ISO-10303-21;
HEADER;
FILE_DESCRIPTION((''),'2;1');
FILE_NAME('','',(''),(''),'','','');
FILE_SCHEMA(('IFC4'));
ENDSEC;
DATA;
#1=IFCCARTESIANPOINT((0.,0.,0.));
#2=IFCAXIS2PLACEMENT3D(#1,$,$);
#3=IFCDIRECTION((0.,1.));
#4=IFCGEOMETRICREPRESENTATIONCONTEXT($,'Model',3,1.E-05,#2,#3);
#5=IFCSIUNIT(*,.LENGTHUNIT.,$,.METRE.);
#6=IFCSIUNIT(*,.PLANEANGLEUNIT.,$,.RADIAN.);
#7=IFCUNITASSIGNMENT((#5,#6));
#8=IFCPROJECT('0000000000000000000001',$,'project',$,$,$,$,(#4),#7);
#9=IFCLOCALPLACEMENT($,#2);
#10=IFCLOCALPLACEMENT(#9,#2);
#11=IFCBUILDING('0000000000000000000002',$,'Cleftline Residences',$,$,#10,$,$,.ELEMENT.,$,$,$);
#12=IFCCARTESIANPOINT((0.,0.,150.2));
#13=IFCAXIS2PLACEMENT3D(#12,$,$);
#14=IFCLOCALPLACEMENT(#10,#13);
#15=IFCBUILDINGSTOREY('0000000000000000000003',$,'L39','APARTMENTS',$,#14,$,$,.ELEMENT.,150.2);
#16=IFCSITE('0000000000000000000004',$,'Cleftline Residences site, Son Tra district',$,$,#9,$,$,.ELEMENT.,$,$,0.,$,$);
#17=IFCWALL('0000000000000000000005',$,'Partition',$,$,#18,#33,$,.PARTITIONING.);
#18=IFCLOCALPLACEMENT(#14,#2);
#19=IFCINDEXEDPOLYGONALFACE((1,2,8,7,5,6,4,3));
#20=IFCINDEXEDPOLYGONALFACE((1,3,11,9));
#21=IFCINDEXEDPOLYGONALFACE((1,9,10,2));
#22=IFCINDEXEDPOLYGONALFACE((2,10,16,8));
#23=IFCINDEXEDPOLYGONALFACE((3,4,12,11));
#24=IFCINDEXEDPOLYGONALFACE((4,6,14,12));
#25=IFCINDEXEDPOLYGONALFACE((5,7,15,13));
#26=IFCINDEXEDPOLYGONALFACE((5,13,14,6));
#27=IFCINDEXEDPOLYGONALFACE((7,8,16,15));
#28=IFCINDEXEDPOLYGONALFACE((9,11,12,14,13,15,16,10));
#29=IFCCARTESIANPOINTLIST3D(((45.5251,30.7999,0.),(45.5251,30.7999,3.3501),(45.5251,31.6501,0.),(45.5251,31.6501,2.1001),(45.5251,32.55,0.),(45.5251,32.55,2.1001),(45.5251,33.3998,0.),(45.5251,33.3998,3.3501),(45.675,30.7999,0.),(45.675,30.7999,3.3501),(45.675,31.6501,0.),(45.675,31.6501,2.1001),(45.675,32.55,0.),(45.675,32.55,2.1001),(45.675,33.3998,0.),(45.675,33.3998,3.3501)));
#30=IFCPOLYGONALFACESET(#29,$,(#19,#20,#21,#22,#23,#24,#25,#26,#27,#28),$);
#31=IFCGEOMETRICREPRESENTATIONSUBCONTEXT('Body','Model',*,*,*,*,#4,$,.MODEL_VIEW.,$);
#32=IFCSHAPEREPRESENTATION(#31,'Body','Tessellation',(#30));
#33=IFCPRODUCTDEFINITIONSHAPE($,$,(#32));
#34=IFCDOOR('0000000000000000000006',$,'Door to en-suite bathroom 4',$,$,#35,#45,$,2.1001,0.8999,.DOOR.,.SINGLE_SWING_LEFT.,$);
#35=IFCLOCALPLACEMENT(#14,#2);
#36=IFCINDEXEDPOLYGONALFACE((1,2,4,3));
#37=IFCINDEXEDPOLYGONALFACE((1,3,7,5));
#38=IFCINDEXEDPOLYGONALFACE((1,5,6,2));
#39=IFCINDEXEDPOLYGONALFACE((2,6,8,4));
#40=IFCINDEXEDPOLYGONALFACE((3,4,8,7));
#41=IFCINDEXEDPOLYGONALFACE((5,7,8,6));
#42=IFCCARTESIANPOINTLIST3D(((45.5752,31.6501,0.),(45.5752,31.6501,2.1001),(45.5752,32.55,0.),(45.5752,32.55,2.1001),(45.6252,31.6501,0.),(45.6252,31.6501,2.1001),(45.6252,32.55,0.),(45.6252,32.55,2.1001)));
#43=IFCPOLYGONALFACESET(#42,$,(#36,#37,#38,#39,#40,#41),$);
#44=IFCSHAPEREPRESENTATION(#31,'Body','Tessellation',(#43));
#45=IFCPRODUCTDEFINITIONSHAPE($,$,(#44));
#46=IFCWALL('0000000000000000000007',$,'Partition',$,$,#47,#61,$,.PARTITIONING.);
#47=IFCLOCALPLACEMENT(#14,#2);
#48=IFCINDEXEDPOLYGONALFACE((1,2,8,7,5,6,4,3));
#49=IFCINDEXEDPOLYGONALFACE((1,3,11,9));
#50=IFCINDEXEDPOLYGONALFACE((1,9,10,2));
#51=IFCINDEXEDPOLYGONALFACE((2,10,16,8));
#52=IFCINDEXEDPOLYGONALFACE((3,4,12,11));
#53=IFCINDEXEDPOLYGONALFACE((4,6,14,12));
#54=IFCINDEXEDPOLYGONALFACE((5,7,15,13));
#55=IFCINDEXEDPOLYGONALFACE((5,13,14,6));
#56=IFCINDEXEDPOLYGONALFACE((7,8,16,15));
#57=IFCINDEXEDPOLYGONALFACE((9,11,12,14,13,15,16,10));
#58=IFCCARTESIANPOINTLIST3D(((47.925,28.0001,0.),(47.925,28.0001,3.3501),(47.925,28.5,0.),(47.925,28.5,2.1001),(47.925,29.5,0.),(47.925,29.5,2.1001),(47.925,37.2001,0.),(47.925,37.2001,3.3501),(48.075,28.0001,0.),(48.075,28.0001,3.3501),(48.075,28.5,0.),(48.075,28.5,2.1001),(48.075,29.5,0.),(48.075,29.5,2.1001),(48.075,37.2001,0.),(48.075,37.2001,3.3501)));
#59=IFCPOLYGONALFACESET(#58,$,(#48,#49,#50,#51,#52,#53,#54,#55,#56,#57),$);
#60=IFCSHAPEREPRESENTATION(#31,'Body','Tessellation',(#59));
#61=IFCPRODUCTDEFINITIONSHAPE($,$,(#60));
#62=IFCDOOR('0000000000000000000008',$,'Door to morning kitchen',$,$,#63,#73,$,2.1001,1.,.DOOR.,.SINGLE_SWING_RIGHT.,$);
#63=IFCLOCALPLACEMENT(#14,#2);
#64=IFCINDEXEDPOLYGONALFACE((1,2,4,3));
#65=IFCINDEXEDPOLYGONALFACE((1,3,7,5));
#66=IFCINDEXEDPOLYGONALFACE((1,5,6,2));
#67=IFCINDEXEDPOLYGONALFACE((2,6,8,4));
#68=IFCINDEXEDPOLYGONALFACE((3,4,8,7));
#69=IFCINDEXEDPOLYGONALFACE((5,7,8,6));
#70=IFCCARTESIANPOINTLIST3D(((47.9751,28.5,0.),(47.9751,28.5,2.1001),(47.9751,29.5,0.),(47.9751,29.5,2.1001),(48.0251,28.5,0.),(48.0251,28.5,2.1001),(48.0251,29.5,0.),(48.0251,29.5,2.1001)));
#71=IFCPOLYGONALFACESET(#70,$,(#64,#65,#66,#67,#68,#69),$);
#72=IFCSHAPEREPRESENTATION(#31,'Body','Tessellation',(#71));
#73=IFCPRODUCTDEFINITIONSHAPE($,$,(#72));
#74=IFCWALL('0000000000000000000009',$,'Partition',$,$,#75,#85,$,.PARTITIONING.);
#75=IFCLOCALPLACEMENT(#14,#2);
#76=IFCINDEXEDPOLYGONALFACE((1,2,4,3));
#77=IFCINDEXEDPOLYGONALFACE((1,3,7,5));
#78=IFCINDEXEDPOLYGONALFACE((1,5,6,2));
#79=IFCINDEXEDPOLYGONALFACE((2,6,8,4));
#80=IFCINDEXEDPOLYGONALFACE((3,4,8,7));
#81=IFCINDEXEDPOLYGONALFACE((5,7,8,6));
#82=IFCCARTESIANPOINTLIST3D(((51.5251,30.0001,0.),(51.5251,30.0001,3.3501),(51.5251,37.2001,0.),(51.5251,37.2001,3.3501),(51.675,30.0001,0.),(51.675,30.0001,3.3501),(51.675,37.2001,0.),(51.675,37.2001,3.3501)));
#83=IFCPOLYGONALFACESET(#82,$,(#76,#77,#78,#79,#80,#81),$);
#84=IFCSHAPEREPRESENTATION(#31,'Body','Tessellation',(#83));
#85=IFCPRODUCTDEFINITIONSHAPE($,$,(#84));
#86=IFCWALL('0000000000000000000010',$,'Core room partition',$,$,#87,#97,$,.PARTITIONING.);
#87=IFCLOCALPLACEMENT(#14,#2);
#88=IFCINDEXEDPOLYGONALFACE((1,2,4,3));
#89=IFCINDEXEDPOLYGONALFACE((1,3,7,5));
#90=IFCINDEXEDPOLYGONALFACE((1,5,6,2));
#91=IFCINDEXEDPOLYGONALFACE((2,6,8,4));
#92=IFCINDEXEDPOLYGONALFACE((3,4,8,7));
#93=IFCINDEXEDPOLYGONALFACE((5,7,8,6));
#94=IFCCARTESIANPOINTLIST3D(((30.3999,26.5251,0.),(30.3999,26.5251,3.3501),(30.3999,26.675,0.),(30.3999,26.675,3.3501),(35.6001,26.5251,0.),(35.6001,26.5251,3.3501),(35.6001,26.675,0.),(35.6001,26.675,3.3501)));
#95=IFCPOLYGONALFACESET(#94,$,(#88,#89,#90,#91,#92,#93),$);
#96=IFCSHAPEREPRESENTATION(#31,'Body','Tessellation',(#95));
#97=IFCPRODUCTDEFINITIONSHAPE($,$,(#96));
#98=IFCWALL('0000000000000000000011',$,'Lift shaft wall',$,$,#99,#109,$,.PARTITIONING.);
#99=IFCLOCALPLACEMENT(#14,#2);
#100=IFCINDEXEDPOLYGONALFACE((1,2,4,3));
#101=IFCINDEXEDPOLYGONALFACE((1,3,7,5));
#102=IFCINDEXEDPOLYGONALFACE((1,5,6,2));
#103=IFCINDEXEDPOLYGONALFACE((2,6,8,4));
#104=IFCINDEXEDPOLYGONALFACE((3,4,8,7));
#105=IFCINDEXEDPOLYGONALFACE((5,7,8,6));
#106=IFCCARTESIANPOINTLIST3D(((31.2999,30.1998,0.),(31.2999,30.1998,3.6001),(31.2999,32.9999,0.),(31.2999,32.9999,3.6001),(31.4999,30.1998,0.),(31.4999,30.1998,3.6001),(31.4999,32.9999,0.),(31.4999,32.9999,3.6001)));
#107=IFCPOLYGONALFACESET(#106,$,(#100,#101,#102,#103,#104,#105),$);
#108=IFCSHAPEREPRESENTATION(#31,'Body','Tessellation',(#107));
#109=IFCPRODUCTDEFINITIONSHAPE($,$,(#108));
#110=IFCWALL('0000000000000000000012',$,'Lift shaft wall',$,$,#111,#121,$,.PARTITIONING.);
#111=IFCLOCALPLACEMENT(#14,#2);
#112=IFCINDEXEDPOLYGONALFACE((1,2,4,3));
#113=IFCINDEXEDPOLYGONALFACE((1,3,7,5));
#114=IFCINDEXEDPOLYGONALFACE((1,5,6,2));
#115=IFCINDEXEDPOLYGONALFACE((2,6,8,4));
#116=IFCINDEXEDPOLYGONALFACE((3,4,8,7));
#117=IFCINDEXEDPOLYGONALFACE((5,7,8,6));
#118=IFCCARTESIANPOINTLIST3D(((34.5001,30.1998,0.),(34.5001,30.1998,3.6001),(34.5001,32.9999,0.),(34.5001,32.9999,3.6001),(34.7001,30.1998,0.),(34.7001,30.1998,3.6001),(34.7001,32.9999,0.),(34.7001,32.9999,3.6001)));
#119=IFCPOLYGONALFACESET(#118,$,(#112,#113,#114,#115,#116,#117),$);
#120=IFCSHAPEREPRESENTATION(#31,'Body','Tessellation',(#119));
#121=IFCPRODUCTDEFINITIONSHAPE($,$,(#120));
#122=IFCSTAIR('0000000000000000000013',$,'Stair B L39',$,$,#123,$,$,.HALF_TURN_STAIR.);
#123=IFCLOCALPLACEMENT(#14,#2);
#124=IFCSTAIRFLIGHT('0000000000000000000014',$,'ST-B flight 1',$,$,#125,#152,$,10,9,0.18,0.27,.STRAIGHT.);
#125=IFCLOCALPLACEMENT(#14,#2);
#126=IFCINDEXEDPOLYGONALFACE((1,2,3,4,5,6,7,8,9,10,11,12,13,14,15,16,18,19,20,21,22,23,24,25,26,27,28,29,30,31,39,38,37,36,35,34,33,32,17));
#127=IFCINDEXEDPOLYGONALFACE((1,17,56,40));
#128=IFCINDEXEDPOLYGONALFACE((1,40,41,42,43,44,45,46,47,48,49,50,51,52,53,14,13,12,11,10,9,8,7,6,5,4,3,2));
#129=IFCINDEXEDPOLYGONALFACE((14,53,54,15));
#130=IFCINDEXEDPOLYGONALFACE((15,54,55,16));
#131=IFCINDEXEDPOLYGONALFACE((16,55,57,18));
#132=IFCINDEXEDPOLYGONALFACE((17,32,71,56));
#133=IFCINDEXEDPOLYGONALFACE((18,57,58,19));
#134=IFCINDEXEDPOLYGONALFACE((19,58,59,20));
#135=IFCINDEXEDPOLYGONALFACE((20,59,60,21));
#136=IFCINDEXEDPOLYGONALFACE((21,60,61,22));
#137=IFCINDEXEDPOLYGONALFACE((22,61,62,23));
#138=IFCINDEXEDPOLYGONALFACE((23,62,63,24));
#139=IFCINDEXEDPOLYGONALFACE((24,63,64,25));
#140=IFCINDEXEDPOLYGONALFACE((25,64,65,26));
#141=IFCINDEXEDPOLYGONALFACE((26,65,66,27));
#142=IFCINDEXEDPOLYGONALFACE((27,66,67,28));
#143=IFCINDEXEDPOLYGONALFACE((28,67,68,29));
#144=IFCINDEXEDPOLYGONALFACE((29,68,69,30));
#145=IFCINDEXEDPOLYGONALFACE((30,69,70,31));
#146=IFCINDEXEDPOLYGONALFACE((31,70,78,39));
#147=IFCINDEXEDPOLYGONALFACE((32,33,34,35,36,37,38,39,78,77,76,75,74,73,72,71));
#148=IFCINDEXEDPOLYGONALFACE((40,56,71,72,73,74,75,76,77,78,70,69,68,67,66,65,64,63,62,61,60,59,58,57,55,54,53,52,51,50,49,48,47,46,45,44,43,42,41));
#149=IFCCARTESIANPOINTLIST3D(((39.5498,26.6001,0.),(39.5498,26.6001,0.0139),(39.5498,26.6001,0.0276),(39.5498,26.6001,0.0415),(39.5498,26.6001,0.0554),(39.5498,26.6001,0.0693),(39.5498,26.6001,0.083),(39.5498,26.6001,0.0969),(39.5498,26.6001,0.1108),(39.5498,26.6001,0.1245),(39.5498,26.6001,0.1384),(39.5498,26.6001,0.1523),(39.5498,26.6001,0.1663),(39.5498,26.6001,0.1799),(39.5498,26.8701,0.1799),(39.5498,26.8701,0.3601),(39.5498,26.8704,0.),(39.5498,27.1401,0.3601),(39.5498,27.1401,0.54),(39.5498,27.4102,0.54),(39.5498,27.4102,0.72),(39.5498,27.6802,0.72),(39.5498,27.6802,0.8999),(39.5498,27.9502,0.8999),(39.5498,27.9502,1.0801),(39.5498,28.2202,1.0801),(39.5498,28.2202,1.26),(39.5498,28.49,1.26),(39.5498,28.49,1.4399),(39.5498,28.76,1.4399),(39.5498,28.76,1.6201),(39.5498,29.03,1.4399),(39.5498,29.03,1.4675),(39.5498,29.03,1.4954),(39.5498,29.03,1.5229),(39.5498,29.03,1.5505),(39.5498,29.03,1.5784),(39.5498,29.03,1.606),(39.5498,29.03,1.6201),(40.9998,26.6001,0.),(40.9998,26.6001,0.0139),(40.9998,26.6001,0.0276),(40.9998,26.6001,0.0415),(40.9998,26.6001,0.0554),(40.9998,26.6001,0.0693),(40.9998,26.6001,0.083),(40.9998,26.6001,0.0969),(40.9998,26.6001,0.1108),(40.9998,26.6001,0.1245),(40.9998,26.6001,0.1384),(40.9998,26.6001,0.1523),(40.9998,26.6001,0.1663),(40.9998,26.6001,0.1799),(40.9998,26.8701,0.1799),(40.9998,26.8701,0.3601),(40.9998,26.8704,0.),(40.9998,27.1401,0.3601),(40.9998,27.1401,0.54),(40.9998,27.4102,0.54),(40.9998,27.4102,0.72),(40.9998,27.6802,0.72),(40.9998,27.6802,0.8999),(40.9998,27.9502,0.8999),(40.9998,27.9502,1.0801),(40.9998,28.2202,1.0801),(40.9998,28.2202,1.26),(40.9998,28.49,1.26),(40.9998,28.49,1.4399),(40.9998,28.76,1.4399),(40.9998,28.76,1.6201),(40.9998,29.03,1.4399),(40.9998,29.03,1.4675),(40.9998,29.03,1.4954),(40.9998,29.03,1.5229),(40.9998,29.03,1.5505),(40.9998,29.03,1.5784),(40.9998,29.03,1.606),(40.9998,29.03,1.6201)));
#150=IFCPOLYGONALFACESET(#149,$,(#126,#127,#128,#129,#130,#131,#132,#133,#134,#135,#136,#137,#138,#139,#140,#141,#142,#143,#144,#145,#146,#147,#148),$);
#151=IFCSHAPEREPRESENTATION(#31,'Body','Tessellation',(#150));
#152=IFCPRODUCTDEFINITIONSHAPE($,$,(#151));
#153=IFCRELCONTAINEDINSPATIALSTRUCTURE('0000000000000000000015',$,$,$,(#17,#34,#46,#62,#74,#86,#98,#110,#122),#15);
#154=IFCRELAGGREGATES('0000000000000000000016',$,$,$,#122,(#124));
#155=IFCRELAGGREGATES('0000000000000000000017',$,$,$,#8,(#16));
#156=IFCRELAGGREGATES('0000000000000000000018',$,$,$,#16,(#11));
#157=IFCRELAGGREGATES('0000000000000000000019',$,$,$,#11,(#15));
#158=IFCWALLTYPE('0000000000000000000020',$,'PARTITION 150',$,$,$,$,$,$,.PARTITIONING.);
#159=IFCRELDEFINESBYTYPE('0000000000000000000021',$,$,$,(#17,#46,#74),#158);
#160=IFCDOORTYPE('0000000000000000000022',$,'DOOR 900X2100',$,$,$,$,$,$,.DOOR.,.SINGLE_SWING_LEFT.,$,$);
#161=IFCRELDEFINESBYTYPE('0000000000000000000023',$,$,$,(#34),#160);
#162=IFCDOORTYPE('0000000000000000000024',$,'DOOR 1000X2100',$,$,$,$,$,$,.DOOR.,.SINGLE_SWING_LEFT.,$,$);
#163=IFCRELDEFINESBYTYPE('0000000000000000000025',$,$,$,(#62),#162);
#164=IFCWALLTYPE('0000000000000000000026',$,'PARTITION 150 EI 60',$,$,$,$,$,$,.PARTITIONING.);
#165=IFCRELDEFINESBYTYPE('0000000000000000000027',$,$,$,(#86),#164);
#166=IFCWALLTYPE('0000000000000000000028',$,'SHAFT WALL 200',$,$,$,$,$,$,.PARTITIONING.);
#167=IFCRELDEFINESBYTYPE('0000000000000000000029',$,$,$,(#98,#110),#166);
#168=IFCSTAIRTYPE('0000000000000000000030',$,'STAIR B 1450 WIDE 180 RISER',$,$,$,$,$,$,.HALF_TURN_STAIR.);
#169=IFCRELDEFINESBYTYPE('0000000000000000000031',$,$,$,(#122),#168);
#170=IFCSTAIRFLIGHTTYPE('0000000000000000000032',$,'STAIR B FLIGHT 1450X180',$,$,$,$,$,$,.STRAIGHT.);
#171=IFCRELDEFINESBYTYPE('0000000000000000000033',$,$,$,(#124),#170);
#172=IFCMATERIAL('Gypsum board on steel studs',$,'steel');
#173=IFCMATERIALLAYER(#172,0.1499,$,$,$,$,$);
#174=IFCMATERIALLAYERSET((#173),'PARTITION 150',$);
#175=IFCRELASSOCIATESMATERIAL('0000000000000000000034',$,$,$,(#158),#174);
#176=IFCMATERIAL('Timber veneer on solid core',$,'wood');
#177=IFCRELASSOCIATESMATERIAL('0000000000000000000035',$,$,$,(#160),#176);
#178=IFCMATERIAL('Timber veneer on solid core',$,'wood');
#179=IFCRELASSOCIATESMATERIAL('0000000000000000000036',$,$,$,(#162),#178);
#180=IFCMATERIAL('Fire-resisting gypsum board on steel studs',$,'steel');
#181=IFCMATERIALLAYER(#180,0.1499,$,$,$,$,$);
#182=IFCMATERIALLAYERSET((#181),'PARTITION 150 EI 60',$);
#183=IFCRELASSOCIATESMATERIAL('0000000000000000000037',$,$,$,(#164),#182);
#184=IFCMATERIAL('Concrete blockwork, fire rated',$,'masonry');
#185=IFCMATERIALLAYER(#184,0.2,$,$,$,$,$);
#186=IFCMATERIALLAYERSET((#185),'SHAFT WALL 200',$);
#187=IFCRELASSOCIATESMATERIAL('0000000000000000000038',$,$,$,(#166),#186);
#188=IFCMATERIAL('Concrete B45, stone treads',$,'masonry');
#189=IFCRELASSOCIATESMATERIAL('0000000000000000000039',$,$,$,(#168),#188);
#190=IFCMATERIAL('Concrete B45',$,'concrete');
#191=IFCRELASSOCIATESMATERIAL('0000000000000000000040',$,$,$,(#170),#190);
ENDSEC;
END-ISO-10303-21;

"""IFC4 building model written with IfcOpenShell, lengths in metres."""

from ifc_helpers import new_model, si_unit, direction, frame, frame_2d, origin, place, context, subcontext, project, spatial, polyline, rectangle, outline, extrude, material, layer, layer_set, type_object, element, fill, aggregate, save


model = new_model("IFC4")

# Units and contexts
model_context = context("Model", 3, precision=1e-05, world=origin(), true_north=direction((0.0, 1.0)))
body_context = subcontext(model_context, "Body", "Model", "MODEL_VIEW")
ifc_project = project(units=[si_unit("LENGTHUNIT", "METRE"), si_unit("PLANEANGLEUNIT", "RADIAN")], contexts=[model_context])

# Site, building, storey
site_placement = place(None, origin())
site = spatial("IfcSite", under=ifc_project, at=site_placement, Name="Cleftline Residences site, Son Tra district", CompositionType="ELEMENT", RefElevation=0.0)
building_placement = place(site_placement, origin())
building = spatial("IfcBuilding", under=site, at=building_placement, Name="Cleftline Residences", CompositionType="ELEMENT")
storey_placement = place(building_placement, frame((0.0, 0.0, 150.2)))
storey = spatial("IfcBuildingStorey", under=building, at=storey_placement, Name="L39", Description="APARTMENTS", CompositionType="ELEMENT", Elevation=150.2)

# Shared definitions
ifc_material_1 = material(Name="Gypsum board on steel studs", Category="steel")
ifc_layer_1 = layer(ifc_material_1, 0.1499)
ifc_layer_set_1 = layer_set([ifc_layer_1], Name="PARTITION 150")
wall_type_1 = type_object("IfcWallType", Name="PARTITION 150", PredefinedType="PARTITIONING", material=ifc_layer_set_1)
ifc_material_2 = material(Name="Timber veneer on solid core", Category="wood")
door_type_1 = type_object("IfcDoorType", Name="DOOR 900X2100", OperationType="SINGLE_SWING_LEFT", PredefinedType="DOOR", material=ifc_material_2)
ifc_material_3 = material(Name="Timber veneer on solid core", Category="wood")
door_type_2 = type_object("IfcDoorType", Name="DOOR 1000X2100", OperationType="SINGLE_SWING_LEFT", PredefinedType="DOOR", material=ifc_material_3)

# Walls, openings, doors
wall_1_placement = place(storey_placement, frame((45.6001, 30.8, 0.0), z_axis=(0.0, 0.0, 1.0), x_axis=(0.0, 1.0, 0.0)))
wall_1 = element("IfcWall", 1, at=wall_1_placement, inside=storey, type_object=wall_type_1, Name="Partition", PredefinedType="PARTITIONING", context=body_context, shape_type="SweptSolid", body=[
    extrude(rectangle(XDim=2.5999, YDim=0.1499, at=frame_2d((1.2998, 0.0))), origin(), (0.0, 0.0, 1.0), 3.3501),
])
opening_1_placement = place(wall_1_placement, frame((0.8501, 0.0, 0.0)))
opening_1 = element("IfcOpeningElement", 2, at=opening_1_placement, cuts=wall_1, PredefinedType="OPENING", context=body_context, shape_type="SweptSolid", body=[
    extrude(rectangle(XDim=0.8999, YDim=2.1001, at=frame_2d((0.45, 1.05))), frame((0.0, 0.085, 0.0), z_axis=(0.0, -1.0, 0.0), x_axis=(1.0, 0.0, 0.0)), (0.0, 0.0, 1.0), 0.1699),
])
door_1_placement = place(opening_1_placement, origin())
door_1 = element("IfcDoor", 3, at=door_1_placement, inside=storey, type_object=door_type_1, Name="Door to en-suite bathroom 4", OperationType="SINGLE_SWING_LEFT", OverallHeight=2.1001, OverallWidth=0.8999, PredefinedType="DOOR", context=body_context, shape_type="SweptSolid", body=[
    extrude(rectangle(XDim=0.8999, YDim=2.1001, at=frame_2d((0.45, 1.05))), frame((0.0, 0.0249, 0.0), z_axis=(0.0, -1.0, 0.0), x_axis=(1.0, 0.0, 0.0)), (0.0, 0.0, 1.0), 0.05),
])
fill(opening_1, door_1)
wall_2_placement = place(storey_placement, frame((48.0, 28.0, 0.0), z_axis=(0.0, 0.0, 1.0), x_axis=(0.0, 1.0, 0.0)))
wall_2 = element("IfcWall", 4, at=wall_2_placement, inside=storey, type_object=wall_type_1, Name="Partition", PredefinedType="PARTITIONING", context=body_context, shape_type="SweptSolid", body=[
    extrude(rectangle(XDim=9.2, YDim=0.1499, at=frame_2d((4.6001, 0.0))), origin(), (0.0, 0.0, 1.0), 3.3501),
])
opening_2_placement = place(wall_2_placement, frame((0.5, 0.0, 0.0)))
opening_2 = element("IfcOpeningElement", 5, at=opening_2_placement, cuts=wall_2, PredefinedType="OPENING", context=body_context, shape_type="SweptSolid", body=[
    extrude(rectangle(XDim=1.0, YDim=2.1001, at=frame_2d((0.5, 1.05))), frame((0.0, 0.085, 0.0), z_axis=(0.0, -1.0, 0.0), x_axis=(1.0, 0.0, 0.0)), (0.0, 0.0, 1.0), 0.1699),
])
door_2_placement = place(opening_2_placement, origin())
door_2 = element("IfcDoor", 6, at=door_2_placement, inside=storey, type_object=door_type_2, Name="Door to morning kitchen", OperationType="SINGLE_SWING_RIGHT", OverallHeight=2.1001, OverallWidth=1.0, PredefinedType="DOOR", context=body_context, shape_type="SweptSolid", body=[
    extrude(rectangle(XDim=1.0, YDim=2.1001, at=frame_2d((0.5, 1.05))), frame((0.0, 0.0249, 0.0), z_axis=(0.0, -1.0, 0.0), x_axis=(1.0, 0.0, 0.0)), (0.0, 0.0, 1.0), 0.05),
])
fill(opening_2, door_2)

# Walls
wall_3_placement = place(storey_placement, frame((51.6001, 30.0, 0.0), z_axis=(0.0, 0.0, 1.0), x_axis=(0.0, 1.0, 0.0)))
element("IfcWall", 7, at=wall_3_placement, inside=storey, type_object=wall_type_1, Name="Partition", PredefinedType="PARTITIONING", context=body_context, shape_type="SweptSolid", body=[
    extrude(rectangle(XDim=7.2, YDim=0.1499, at=frame_2d((3.6001, 0.0))), origin(), (0.0, 0.0, 1.0), 3.3501),
])
ifc_material_4 = material(Name="Fire-resisting gypsum board on steel studs", Category="steel")
ifc_layer_2 = layer(ifc_material_4, 0.1499)
ifc_layer_set_2 = layer_set([ifc_layer_2], Name="PARTITION 150 EI 60")
wall_type_2 = type_object("IfcWallType", Name="PARTITION 150 EI 60", PredefinedType="PARTITIONING", material=ifc_layer_set_2)
wall_4_placement = place(storey_placement, frame((30.3999, 26.6001, 0.0), z_axis=(0.0, 0.0, 1.0), x_axis=(1.0, 0.0, 0.0)))
element("IfcWall", 8, at=wall_4_placement, inside=storey, type_object=wall_type_2, Name="Core room partition", PredefinedType="PARTITIONING", context=body_context, shape_type="SweptSolid", body=[
    extrude(rectangle(XDim=5.2002, YDim=0.1499, at=frame_2d((2.6001, 0.0))), origin(), (0.0, 0.0, 1.0), 3.3501),
])
ifc_material_5 = material(Name="Concrete blockwork, fire rated", Category="masonry")
ifc_layer_3 = layer(ifc_material_5, 0.2)
ifc_layer_set_3 = layer_set([ifc_layer_3], Name="SHAFT WALL 200")
wall_type_3 = type_object("IfcWallType", Name="SHAFT WALL 200", PredefinedType="PARTITIONING", material=ifc_layer_set_3)
for number, where, z_axis, x_axis, name in (
    (9, (31.3999, 30.2, 0.0), (0.0, 0.0, 1.0), (0.0, 1.0, 0.0), "Lift shaft wall"),
    (10, (34.6001, 30.2, 0.0), (0.0, 0.0, 1.0), (0.0, 1.0, 0.0), "Lift shaft wall"),
):
    element("IfcWall", number, at=place(storey_placement, frame(where, z_axis=z_axis, x_axis=x_axis)), inside=storey, type_object=wall_type_3, Name=name, PredefinedType="PARTITIONING", context=body_context, shape_type="SweptSolid", body=[
        extrude(rectangle(XDim=2.8, YDim=0.2, at=frame_2d((1.3999, 0.0))), origin(), (0.0, 0.0, 1.0), 3.6001),
    ])

# Stair, stair flight
ifc_material_6 = material(Name="Concrete B45, stone treads", Category="masonry")
stair_type = type_object("IfcStairType", Name="STAIR B 1450 WIDE 180 RISER", PredefinedType="HALF_TURN_STAIR", material=ifc_material_6)
stair_placement = place(storey_placement, origin())
stair = element("IfcStair", 11, at=stair_placement, inside=storey, type_object=stair_type, Name="Stair B L39", PredefinedType="HALF_TURN_STAIR")
ifc_material_7 = material(Name="Concrete B45", Category="concrete")
stair_flight_type = type_object("IfcStairFlightType", Name="STAIR B FLIGHT 1450X180", PredefinedType="STRAIGHT", material=ifc_material_7)
stair_flight_1_placement = place(storey_placement, frame((40.2749, 26.6001, 0.0), z_axis=(0.0, 0.0, 1.0), x_axis=(0.0, 1.0, 0.0)))
stair_flight_1 = element("IfcStairFlight", 12, at=stair_flight_1_placement, type_object=stair_flight_type, Name="ST-B flight 1", NumberOfRisers=10, NumberOfTreads=9, PredefinedType="STRAIGHT", RiserHeight=0.18, TreadLength=0.27, context=body_context, shape_type="SweptSolid", body=[
    extrude(outline(polyline([(0.0, 0.0), (0.0, 0.0139), (0.0, 0.0276), (0.0, 0.0415), (0.0, 0.0554), (0.0, 0.0693), (0.0, 0.083), (0.0, 0.0969), (0.0, 0.1108), (0.0, 0.1245), (0.0, 0.1384), (0.0, 0.1523), (0.0, 0.1663), (0.0, 0.1799), (0.27, 0.1799), (0.27, 0.3601), (0.54, 0.3601), (0.54, 0.54), (0.8101, 0.54), (0.8101, 0.72), (1.0801, 0.72), (1.0801, 0.8999), (1.3501, 0.8999), (1.3501, 1.0801), (1.6201, 1.0801), (1.6201, 1.26), (1.8899, 1.26), (1.8899, 1.4399), (2.1599, 1.4399), (2.1599, 1.6201), (2.4299, 1.6201), (2.4299, 1.8), (2.4299, 1.7722), (2.4299, 1.7446), (2.4299, 1.7168), (2.4299, 1.6892), (2.4299, 1.6614), (2.4299, 1.6338), (2.4299, 1.606), (2.4299, 1.5784), (2.4299, 1.5505), (2.4299, 1.5229), (2.4299, 1.4954), (2.4299, 1.4675), (2.4299, 1.4399), (0.2703, 0.0), (0.0, 0.0)])), frame((0.0, 0.7251, 0.0), z_axis=(0.0, -1.0, 0.0), x_axis=(1.0, 0.0, 0.0)), (0.0, 0.0, 1.0), 1.45),
])
aggregate(stair, [stair_flight_1])

save(model, "model.ifc")
